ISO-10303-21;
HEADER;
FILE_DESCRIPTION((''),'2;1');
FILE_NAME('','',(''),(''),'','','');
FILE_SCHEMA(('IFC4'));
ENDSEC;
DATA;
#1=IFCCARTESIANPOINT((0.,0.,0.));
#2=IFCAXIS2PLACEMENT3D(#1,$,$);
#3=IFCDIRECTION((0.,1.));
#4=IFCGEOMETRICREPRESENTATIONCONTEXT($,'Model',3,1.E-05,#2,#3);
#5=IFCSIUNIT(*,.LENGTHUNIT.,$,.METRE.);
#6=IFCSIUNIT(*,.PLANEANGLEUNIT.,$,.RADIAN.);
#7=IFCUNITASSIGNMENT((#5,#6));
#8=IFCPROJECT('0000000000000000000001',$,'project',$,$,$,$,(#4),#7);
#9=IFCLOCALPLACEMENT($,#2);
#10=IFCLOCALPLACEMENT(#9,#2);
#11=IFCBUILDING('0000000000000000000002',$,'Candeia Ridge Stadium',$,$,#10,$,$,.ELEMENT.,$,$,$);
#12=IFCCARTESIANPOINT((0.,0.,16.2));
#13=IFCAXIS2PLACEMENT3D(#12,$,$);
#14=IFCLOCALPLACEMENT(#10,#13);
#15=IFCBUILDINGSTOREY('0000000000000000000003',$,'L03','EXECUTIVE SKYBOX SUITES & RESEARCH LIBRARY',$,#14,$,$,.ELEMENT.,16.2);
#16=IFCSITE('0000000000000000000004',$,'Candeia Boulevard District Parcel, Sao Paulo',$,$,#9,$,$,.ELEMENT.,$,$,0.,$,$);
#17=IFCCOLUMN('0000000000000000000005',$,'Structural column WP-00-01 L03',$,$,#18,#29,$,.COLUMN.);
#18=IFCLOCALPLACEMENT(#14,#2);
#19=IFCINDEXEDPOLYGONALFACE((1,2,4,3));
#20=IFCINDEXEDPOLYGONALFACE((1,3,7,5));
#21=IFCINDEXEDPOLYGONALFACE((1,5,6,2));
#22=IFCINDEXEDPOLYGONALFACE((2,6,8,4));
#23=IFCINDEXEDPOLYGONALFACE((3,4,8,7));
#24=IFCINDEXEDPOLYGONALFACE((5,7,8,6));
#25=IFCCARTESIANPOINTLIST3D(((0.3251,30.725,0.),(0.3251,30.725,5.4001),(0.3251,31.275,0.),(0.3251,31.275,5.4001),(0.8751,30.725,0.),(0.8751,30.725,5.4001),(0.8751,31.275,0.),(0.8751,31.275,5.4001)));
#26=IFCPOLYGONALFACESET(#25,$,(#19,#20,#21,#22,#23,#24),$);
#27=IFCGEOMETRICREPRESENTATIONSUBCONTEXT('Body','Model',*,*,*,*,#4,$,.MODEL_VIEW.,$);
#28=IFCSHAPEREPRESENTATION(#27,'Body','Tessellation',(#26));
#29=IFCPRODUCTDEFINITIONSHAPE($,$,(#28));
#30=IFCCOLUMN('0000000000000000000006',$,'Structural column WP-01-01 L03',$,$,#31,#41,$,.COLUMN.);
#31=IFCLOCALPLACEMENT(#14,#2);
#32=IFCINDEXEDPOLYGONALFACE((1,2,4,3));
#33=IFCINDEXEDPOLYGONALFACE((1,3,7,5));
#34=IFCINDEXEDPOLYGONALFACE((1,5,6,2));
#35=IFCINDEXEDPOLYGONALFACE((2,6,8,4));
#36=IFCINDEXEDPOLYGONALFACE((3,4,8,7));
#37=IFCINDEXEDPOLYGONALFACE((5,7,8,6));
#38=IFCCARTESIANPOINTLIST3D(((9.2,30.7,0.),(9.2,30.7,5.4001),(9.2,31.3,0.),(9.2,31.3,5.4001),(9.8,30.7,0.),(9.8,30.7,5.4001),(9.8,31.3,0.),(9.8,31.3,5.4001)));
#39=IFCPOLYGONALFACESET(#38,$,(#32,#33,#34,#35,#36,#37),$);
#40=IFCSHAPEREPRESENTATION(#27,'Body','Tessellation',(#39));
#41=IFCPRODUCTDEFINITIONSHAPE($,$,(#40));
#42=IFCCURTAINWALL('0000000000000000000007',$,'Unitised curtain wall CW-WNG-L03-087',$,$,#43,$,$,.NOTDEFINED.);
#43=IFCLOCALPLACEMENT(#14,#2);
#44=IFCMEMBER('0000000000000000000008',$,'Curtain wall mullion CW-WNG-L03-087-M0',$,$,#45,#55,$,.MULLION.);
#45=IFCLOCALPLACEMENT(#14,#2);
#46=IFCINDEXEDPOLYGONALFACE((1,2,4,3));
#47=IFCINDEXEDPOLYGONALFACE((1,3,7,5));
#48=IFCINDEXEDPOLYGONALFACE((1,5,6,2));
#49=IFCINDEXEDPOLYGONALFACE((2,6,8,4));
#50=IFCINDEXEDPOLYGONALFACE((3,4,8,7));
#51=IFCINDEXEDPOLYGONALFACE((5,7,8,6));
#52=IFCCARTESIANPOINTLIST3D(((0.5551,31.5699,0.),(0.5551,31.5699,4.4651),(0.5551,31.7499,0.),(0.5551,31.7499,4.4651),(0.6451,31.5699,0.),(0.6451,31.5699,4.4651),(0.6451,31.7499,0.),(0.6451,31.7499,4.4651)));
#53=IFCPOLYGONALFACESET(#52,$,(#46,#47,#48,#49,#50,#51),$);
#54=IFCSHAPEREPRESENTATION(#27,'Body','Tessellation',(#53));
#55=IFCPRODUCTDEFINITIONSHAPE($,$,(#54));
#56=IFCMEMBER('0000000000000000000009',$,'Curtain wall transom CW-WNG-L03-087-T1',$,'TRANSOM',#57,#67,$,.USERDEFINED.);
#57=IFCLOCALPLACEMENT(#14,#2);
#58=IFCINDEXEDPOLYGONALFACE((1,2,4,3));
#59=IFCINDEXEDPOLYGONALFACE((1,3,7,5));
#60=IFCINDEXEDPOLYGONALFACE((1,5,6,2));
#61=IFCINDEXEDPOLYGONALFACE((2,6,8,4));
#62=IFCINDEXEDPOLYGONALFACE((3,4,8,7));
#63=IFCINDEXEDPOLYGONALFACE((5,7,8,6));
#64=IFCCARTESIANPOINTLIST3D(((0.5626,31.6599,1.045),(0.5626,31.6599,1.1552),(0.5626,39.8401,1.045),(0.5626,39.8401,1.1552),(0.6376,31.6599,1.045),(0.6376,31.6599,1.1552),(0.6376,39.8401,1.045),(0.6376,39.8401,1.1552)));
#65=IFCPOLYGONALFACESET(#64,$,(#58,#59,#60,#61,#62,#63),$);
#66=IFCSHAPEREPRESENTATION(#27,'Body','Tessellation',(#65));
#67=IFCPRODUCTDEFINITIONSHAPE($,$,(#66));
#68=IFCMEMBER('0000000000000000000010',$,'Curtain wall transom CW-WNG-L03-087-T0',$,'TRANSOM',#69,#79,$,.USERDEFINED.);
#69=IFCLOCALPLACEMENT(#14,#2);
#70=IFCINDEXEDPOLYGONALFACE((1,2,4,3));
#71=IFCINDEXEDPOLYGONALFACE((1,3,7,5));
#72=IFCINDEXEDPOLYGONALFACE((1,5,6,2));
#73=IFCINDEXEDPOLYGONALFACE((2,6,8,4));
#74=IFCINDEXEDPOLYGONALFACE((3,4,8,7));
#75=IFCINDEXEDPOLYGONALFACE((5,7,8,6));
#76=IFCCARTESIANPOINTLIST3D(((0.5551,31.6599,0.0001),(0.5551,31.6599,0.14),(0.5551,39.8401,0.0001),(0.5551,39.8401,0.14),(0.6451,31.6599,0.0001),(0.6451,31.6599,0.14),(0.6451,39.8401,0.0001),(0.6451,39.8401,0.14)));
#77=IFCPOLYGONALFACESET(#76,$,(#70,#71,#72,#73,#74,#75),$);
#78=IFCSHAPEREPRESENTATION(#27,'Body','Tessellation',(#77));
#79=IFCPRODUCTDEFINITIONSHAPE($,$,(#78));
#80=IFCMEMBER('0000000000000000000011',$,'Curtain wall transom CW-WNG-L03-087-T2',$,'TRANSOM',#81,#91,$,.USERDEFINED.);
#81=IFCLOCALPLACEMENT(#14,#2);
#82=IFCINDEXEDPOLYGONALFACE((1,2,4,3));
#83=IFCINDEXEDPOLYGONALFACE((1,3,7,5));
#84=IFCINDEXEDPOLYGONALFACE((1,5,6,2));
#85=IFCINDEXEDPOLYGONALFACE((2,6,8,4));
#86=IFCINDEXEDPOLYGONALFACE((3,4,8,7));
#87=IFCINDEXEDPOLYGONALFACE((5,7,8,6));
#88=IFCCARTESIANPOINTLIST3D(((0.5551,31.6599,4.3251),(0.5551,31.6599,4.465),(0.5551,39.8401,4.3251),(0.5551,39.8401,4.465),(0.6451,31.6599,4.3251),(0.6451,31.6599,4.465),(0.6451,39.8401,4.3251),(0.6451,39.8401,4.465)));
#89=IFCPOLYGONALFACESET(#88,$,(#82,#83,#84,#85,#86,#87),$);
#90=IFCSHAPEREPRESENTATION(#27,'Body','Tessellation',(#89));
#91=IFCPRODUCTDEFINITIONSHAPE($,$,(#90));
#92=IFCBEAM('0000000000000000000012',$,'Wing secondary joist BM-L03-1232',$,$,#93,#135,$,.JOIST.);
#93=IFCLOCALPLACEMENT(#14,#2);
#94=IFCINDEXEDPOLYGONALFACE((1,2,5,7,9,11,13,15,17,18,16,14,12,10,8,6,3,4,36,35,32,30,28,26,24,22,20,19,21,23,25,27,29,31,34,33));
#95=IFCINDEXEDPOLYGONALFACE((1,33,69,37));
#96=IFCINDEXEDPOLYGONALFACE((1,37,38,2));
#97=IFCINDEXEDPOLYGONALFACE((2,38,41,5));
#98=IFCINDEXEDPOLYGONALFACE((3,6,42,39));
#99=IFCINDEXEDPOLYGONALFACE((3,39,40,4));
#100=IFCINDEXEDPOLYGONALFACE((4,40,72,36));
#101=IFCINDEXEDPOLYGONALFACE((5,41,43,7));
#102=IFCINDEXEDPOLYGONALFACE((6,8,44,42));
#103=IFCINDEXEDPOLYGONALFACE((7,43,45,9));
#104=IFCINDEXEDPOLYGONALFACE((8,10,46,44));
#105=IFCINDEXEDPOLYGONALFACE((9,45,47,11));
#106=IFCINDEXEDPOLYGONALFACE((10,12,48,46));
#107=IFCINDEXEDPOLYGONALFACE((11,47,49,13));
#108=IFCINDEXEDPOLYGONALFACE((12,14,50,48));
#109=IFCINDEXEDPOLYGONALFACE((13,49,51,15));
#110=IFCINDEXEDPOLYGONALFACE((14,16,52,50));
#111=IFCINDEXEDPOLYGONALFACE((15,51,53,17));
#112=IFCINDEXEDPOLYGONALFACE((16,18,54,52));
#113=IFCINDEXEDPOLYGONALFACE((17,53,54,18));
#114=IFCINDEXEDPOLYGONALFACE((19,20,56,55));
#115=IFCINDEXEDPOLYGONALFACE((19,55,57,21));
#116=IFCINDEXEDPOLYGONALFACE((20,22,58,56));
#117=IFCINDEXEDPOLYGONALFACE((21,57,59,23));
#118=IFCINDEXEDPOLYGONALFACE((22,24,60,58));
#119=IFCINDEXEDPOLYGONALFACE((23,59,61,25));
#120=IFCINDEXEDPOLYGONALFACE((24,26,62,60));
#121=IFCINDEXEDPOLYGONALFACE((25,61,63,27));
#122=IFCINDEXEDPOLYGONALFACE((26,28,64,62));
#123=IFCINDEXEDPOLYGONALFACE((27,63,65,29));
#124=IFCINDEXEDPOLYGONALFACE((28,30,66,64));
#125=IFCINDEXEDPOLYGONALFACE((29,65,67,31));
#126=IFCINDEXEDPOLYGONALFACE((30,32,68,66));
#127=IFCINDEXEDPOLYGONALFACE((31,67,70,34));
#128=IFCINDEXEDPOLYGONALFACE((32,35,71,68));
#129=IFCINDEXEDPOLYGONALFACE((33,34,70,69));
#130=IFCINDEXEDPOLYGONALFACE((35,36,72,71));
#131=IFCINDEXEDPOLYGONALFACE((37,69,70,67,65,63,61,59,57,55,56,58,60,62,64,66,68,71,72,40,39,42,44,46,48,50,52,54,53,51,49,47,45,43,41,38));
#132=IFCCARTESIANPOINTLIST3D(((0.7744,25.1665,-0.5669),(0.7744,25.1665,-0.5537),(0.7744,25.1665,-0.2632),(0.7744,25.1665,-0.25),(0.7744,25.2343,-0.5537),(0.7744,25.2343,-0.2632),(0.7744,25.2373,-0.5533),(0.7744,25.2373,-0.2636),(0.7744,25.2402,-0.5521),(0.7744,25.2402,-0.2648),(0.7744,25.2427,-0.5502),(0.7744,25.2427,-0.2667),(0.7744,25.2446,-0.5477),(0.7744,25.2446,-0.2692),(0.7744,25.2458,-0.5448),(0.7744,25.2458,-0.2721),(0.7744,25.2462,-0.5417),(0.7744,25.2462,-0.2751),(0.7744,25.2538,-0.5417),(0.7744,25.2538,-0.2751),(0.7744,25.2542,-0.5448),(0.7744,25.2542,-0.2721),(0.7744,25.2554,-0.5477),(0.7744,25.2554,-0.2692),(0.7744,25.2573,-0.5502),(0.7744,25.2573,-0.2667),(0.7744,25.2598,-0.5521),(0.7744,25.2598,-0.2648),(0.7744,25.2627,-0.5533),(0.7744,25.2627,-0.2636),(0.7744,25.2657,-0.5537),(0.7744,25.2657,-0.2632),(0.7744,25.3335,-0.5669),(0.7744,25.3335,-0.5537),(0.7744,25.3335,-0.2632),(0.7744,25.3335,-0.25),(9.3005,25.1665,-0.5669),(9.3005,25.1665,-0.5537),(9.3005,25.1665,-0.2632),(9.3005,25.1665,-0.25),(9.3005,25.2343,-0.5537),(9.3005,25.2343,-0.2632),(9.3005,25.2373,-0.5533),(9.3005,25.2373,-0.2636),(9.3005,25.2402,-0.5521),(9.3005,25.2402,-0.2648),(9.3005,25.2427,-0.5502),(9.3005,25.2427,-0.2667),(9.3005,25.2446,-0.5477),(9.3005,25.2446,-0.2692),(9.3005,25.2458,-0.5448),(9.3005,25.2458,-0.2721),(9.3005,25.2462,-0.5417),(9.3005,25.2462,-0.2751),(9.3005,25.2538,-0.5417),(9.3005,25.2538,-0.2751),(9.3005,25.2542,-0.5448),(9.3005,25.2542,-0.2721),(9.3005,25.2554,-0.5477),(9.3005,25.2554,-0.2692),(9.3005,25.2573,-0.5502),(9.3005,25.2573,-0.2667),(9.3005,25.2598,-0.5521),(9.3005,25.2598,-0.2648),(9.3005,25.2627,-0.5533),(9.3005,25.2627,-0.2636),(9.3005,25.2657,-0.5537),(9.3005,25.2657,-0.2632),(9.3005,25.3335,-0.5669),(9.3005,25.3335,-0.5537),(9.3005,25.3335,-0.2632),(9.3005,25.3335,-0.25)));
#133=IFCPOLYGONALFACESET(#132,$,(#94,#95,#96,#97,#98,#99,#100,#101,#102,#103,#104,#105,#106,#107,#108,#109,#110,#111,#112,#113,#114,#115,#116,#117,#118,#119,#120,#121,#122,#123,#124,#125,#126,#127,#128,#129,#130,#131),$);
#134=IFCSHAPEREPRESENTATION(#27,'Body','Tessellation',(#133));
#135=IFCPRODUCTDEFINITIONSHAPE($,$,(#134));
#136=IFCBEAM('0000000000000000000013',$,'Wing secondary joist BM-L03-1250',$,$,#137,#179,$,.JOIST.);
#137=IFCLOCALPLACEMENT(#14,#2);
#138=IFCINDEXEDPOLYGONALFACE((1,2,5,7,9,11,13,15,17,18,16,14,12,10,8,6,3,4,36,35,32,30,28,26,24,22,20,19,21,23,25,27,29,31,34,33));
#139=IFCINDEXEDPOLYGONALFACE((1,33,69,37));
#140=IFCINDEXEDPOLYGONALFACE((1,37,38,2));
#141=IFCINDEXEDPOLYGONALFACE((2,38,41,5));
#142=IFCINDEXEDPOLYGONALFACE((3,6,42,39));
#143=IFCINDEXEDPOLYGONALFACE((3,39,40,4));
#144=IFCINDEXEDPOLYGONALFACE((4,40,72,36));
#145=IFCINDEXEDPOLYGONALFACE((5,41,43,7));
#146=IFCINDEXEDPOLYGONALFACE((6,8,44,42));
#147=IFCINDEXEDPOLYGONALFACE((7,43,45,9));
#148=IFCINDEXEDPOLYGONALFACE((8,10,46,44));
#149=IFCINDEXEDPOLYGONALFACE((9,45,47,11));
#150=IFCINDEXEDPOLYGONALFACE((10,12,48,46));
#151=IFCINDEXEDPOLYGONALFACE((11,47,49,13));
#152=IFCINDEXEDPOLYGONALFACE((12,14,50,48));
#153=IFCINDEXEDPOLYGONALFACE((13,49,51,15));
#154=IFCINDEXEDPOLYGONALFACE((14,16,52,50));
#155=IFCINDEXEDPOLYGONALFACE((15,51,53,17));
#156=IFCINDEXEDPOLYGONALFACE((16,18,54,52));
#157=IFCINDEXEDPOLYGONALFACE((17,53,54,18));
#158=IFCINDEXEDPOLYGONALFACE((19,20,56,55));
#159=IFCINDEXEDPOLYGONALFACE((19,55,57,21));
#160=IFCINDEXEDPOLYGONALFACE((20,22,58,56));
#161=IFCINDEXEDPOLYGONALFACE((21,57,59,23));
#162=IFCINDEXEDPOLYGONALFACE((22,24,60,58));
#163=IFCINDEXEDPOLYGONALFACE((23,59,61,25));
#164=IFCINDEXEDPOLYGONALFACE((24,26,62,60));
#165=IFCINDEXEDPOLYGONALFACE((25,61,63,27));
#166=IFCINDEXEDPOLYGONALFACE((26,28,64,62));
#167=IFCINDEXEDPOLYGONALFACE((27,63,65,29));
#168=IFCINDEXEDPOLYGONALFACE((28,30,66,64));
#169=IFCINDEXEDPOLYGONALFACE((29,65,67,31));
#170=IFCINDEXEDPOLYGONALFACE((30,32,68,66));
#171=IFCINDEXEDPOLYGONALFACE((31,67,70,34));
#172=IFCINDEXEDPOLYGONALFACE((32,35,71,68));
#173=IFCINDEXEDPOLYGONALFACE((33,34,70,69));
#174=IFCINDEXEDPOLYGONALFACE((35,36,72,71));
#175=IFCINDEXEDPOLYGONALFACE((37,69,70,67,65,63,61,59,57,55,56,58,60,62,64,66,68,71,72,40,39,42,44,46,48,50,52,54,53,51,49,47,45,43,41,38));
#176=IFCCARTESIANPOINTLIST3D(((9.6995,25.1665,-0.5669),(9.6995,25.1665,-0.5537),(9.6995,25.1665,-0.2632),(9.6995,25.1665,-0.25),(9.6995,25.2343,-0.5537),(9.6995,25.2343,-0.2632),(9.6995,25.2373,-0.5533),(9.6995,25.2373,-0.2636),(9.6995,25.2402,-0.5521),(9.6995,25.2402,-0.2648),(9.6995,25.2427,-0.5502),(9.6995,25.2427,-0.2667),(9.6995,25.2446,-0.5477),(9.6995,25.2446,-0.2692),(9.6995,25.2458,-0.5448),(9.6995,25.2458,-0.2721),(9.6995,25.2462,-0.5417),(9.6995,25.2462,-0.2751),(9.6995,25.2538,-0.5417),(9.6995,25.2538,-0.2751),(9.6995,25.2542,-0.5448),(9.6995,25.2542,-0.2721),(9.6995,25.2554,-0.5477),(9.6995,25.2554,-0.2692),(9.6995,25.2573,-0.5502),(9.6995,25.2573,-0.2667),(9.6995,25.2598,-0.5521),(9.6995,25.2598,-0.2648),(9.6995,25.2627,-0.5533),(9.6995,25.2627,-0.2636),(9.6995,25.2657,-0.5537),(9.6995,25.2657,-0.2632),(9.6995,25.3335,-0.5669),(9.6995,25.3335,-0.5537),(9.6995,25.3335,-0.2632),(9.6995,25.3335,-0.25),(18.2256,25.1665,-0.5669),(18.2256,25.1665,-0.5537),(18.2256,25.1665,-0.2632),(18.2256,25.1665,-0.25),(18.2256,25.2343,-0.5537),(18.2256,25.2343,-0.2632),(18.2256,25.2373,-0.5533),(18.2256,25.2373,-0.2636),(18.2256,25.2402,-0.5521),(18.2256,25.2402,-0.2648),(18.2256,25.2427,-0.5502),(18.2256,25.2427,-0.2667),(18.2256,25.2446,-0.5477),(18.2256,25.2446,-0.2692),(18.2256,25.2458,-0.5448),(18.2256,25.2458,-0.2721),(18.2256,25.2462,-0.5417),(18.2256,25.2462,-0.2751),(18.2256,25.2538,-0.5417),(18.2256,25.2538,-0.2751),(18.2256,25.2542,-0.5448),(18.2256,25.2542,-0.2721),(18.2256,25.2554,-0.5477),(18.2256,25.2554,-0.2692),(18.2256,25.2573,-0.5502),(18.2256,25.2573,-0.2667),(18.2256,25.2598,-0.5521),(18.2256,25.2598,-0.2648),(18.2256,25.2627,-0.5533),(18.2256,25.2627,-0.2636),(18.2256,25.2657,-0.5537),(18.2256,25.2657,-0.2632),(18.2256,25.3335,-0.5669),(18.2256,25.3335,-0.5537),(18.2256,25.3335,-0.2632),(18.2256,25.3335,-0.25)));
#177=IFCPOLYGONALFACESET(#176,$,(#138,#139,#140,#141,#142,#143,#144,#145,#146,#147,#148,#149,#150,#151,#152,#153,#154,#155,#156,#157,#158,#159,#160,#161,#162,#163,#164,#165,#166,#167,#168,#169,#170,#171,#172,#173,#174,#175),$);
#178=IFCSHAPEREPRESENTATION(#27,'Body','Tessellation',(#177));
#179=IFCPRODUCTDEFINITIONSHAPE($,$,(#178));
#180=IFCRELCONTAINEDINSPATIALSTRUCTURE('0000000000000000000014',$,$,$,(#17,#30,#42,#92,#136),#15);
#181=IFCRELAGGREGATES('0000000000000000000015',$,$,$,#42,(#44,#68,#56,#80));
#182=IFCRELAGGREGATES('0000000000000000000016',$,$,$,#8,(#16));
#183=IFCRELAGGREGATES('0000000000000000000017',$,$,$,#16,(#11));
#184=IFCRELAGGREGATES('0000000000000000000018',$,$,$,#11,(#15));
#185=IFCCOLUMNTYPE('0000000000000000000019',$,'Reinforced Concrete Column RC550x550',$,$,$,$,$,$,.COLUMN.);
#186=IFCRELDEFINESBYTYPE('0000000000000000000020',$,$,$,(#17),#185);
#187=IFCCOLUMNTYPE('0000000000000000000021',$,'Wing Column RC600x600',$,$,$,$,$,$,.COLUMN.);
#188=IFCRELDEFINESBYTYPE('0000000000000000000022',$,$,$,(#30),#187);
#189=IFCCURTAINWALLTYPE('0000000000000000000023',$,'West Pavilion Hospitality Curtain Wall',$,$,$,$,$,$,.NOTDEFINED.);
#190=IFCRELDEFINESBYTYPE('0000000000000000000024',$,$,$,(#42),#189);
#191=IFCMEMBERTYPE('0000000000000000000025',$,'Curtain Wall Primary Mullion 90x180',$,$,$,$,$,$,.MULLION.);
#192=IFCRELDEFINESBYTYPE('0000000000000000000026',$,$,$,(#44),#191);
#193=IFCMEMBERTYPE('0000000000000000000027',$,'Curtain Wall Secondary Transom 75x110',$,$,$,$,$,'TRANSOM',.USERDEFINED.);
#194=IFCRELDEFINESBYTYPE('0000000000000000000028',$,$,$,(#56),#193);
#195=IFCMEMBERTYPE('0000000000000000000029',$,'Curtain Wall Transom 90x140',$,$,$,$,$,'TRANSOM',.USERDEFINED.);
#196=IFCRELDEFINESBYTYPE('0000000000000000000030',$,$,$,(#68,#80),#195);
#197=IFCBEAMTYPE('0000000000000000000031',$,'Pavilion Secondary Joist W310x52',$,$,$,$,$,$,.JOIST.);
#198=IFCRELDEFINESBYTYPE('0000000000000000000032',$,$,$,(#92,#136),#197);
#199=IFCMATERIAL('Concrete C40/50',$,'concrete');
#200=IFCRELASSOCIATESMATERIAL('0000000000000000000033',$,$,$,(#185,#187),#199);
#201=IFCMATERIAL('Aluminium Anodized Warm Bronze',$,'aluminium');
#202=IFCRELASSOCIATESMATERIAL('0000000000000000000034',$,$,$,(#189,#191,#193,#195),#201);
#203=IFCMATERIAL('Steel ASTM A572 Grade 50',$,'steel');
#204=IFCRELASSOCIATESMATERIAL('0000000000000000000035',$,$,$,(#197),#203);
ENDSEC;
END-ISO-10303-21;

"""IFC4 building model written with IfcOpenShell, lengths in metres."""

from ifc_helpers import new_model, si_unit, direction, frame, origin, origin_2d, place, context, subcontext, project, spatial, rectangle, i_section, extrude, material, material_profile, profile_set, type_object, element, aggregate, save


model = new_model("IFC4")

# Units and contexts
model_context = context("Model", 3, precision=1e-05, world=origin(), true_north=direction((0.0, 1.0)))
body_context = subcontext(model_context, "Body", "Model", "MODEL_VIEW")
ifc_project = project(units=[si_unit("LENGTHUNIT", "METRE"), si_unit("PLANEANGLEUNIT", "RADIAN")], contexts=[model_context])

# Site, building, storey
site_placement = place(None, origin())
site = spatial("IfcSite", under=ifc_project, at=site_placement, Name="Candeia Boulevard District Parcel, Sao Paulo", CompositionType="ELEMENT", RefElevation=0.0)
building_placement = place(site_placement, origin())
building = spatial("IfcBuilding", under=site, at=building_placement, Name="Candeia Ridge Stadium", CompositionType="ELEMENT")
storey_placement = place(building_placement, frame((0.0, 0.0, 16.2)))
storey = spatial("IfcBuildingStorey", under=building, at=storey_placement, Name="L03", Description="EXECUTIVE SKYBOX SUITES & RESEARCH LIBRARY", CompositionType="ELEMENT", Elevation=16.2)

# Columns
ifc_material_1 = material(Name="Concrete C40/50", Category="concrete")
ifc_material_profile_1 = material_profile(ifc_material_1, rectangle(XDim=0.55, YDim=0.55, at=origin_2d()), Name="RC550x550", Category="concrete")
ifc_profile_set_1 = profile_set([ifc_material_profile_1], Name="Concrete C40/50")
column_type_1 = type_object("IfcColumnType", Name="Reinforced Concrete Column RC550x550", PredefinedType="COLUMN", material=ifc_profile_set_1)
column_1_placement = place(storey_placement, frame((0.6001, 31.0, 0.0), z_axis=(0.0, 0.0, 1.0), x_axis=(1.0, 0.0, 0.0)))
element("IfcColumn", 1, at=column_1_placement, inside=storey, type_object=column_type_1, Name="Structural column WP-00-01 L03", PredefinedType="COLUMN", context=body_context, shape_type="SweptSolid", body=[
    extrude(rectangle(XDim=0.55, YDim=0.55, at=origin_2d()), origin(), (0.0, 0.0, 1.0), 5.4001),
])
ifc_material_profile_2 = material_profile(ifc_material_1, rectangle(XDim=0.6001, YDim=0.6001, at=origin_2d()), Name="RC600x600", Category="concrete")
ifc_profile_set_2 = profile_set([ifc_material_profile_2], Name="Concrete C40/50")
column_type_2 = type_object("IfcColumnType", Name="Wing Column RC600x600", PredefinedType="COLUMN", material=ifc_profile_set_2)
column_2_placement = place(storey_placement, frame((9.5, 31.0, 0.0), z_axis=(0.0, 0.0, 1.0), x_axis=(1.0, 0.0, 0.0)))
element("IfcColumn", 2, at=column_2_placement, inside=storey, type_object=column_type_2, Name="Structural column WP-01-01 L03", PredefinedType="COLUMN", context=body_context, shape_type="SweptSolid", body=[
    extrude(rectangle(XDim=0.6001, YDim=0.6001, at=origin_2d()), origin(), (0.0, 0.0, 1.0), 5.4001),
])

# Curtain wall, members
ifc_material_2 = material(Name="Aluminium Anodized Warm Bronze", Category="aluminium")
curtain_wall_type = type_object("IfcCurtainWallType", Name="West Pavilion Hospitality Curtain Wall", PredefinedType="NOTDEFINED", material=ifc_material_2)
curtain_wall_placement = place(storey_placement, origin())
curtain_wall = element("IfcCurtainWall", 3, at=curtain_wall_placement, inside=storey, type_object=curtain_wall_type, Name="Unitised curtain wall CW-WNG-L03-087", PredefinedType="NOTDEFINED")
ifc_material_profile_3 = material_profile(ifc_material_2, rectangle(XDim=0.0901, YDim=0.1799, at=origin_2d()), Name="CWM-90x180", Category="aluminium")
ifc_profile_set_3 = profile_set([ifc_material_profile_3], Name="Aluminium Anodized Warm Bronze")
member_type_1 = type_object("IfcMemberType", Name="Curtain Wall Primary Mullion 90x180", PredefinedType="MULLION", material=ifc_profile_set_3)
member_1_placement = place(storey_placement, frame((0.6001, 31.6599, 0.0), z_axis=(0.0, 0.0, 1.0), x_axis=(1.0, 0.0, 0.0)))
member_1 = element("IfcMember", 4, at=member_1_placement, type_object=member_type_1, Name="Curtain wall mullion CW-WNG-L03-087-M0", PredefinedType="MULLION", context=body_context, shape_type="SweptSolid", body=[
    extrude(rectangle(XDim=0.0901, YDim=0.1799, at=origin_2d()), origin(), (0.0, 0.0, 1.0), 4.4651),
])
ifc_material_profile_4 = material_profile(ifc_material_2, rectangle(XDim=0.075, YDim=0.1101, at=origin_2d()), Name="CWT-75x110", Category="aluminium")
ifc_profile_set_4 = profile_set([ifc_material_profile_4], Name="Aluminium Anodized Warm Bronze")
member_type_2 = type_object("IfcMemberType", Name="Curtain Wall Secondary Transom 75x110", ElementType="TRANSOM", PredefinedType="USERDEFINED", material=ifc_profile_set_4)
member_2_placement = place(storey_placement, frame((0.6001, 31.6599, 1.1001), z_axis=(0.0, 1.0, 0.0), x_axis=(-1.0, 0.0, 0.0)))
member_2 = element("IfcMember", 5, at=member_2_placement, type_object=member_type_2, Name="Curtain wall transom CW-WNG-L03-087-T1", ObjectType="TRANSOM", PredefinedType="USERDEFINED", context=body_context, shape_type="SweptSolid", body=[
    extrude(rectangle(XDim=0.075, YDim=0.1101, at=origin_2d()), origin(), (0.0, 0.0, 1.0), 8.1802),
])
ifc_material_profile_5 = material_profile(ifc_material_2, rectangle(XDim=0.0901, YDim=0.1399, at=origin_2d()), Name="CWT-90x140", Category="aluminium")
ifc_profile_set_5 = profile_set([ifc_material_profile_5], Name="Aluminium Anodized Warm Bronze")
member_type_3 = type_object("IfcMemberType", Name="Curtain Wall Transom 90x140", ElementType="TRANSOM", PredefinedType="USERDEFINED", material=ifc_profile_set_5)
member_3_placement = place(storey_placement, frame((0.6001, 31.6599, 0.0701), z_axis=(0.0, 1.0, 0.0), x_axis=(-1.0, 0.0, 0.0)))
member_3 = element("IfcMember", 6, at=member_3_placement, type_object=member_type_3, Name="Curtain wall transom CW-WNG-L03-087-T0", ObjectType="TRANSOM", PredefinedType="USERDEFINED", context=body_context, shape_type="SweptSolid", body=[
    extrude(rectangle(XDim=0.0901, YDim=0.1399, at=origin_2d()), origin(), (0.0, 0.0, 1.0), 8.1802),
])
member_4_placement = place(storey_placement, frame((0.6001, 31.6599, 4.395), z_axis=(0.0, 1.0, 0.0), x_axis=(-1.0, 0.0, 0.0)))
member_4 = element("IfcMember", 7, at=member_4_placement, type_object=member_type_3, Name="Curtain wall transom CW-WNG-L03-087-T2", ObjectType="TRANSOM", PredefinedType="USERDEFINED", context=body_context, shape_type="SweptSolid", body=[
    extrude(rectangle(XDim=0.0901, YDim=0.1399, at=origin_2d()), origin(), (0.0, 0.0, 1.0), 8.1802),
])

# Beams
ifc_material_3 = material(Name="Steel ASTM A572 Grade 50", Category="steel")
ifc_material_profile_6 = material_profile(ifc_material_3, i_section(OverallWidth=0.167, OverallDepth=0.3169, WebThickness=0.0076, FlangeThickness=0.0132, FilletRadius=0.012, at=origin_2d()), Name="W310x52", Category="steel")
ifc_profile_set_6 = profile_set([ifc_material_profile_6], Name="Steel ASTM A572 Grade 50")
beam_type_1 = type_object("IfcBeamType", Name="Pavilion Secondary Joist W310x52", PredefinedType="JOIST", material=ifc_profile_set_6)
for number, where, z_axis, x_axis, name in (
    (8, (0.7744, 25.25, -0.4084), (1.0, 0.0, 0.0), (0.0, 1.0, 0.0), "Wing secondary joist BM-L03-1232"),
    (9, (9.6995, 25.25, -0.4084), (1.0, 0.0, 0.0), (0.0, 1.0, 0.0), "Wing secondary joist BM-L03-1250"),
):
    element("IfcBeam", number, at=place(storey_placement, frame(where, z_axis=z_axis, x_axis=x_axis)), inside=storey, type_object=beam_type_1, Name=name, PredefinedType="JOIST", context=body_context, shape_type="SweptSolid", body=[
        extrude(i_section(OverallWidth=0.167, OverallDepth=0.3169, WebThickness=0.0076, FlangeThickness=0.0132, FilletRadius=0.012, at=origin_2d()), origin(), (0.0, 0.0, 1.0), 8.5261),
    ])

aggregate(curtain_wall, [member_1, member_3, member_2, member_4])

save(model, "model.ifc")
